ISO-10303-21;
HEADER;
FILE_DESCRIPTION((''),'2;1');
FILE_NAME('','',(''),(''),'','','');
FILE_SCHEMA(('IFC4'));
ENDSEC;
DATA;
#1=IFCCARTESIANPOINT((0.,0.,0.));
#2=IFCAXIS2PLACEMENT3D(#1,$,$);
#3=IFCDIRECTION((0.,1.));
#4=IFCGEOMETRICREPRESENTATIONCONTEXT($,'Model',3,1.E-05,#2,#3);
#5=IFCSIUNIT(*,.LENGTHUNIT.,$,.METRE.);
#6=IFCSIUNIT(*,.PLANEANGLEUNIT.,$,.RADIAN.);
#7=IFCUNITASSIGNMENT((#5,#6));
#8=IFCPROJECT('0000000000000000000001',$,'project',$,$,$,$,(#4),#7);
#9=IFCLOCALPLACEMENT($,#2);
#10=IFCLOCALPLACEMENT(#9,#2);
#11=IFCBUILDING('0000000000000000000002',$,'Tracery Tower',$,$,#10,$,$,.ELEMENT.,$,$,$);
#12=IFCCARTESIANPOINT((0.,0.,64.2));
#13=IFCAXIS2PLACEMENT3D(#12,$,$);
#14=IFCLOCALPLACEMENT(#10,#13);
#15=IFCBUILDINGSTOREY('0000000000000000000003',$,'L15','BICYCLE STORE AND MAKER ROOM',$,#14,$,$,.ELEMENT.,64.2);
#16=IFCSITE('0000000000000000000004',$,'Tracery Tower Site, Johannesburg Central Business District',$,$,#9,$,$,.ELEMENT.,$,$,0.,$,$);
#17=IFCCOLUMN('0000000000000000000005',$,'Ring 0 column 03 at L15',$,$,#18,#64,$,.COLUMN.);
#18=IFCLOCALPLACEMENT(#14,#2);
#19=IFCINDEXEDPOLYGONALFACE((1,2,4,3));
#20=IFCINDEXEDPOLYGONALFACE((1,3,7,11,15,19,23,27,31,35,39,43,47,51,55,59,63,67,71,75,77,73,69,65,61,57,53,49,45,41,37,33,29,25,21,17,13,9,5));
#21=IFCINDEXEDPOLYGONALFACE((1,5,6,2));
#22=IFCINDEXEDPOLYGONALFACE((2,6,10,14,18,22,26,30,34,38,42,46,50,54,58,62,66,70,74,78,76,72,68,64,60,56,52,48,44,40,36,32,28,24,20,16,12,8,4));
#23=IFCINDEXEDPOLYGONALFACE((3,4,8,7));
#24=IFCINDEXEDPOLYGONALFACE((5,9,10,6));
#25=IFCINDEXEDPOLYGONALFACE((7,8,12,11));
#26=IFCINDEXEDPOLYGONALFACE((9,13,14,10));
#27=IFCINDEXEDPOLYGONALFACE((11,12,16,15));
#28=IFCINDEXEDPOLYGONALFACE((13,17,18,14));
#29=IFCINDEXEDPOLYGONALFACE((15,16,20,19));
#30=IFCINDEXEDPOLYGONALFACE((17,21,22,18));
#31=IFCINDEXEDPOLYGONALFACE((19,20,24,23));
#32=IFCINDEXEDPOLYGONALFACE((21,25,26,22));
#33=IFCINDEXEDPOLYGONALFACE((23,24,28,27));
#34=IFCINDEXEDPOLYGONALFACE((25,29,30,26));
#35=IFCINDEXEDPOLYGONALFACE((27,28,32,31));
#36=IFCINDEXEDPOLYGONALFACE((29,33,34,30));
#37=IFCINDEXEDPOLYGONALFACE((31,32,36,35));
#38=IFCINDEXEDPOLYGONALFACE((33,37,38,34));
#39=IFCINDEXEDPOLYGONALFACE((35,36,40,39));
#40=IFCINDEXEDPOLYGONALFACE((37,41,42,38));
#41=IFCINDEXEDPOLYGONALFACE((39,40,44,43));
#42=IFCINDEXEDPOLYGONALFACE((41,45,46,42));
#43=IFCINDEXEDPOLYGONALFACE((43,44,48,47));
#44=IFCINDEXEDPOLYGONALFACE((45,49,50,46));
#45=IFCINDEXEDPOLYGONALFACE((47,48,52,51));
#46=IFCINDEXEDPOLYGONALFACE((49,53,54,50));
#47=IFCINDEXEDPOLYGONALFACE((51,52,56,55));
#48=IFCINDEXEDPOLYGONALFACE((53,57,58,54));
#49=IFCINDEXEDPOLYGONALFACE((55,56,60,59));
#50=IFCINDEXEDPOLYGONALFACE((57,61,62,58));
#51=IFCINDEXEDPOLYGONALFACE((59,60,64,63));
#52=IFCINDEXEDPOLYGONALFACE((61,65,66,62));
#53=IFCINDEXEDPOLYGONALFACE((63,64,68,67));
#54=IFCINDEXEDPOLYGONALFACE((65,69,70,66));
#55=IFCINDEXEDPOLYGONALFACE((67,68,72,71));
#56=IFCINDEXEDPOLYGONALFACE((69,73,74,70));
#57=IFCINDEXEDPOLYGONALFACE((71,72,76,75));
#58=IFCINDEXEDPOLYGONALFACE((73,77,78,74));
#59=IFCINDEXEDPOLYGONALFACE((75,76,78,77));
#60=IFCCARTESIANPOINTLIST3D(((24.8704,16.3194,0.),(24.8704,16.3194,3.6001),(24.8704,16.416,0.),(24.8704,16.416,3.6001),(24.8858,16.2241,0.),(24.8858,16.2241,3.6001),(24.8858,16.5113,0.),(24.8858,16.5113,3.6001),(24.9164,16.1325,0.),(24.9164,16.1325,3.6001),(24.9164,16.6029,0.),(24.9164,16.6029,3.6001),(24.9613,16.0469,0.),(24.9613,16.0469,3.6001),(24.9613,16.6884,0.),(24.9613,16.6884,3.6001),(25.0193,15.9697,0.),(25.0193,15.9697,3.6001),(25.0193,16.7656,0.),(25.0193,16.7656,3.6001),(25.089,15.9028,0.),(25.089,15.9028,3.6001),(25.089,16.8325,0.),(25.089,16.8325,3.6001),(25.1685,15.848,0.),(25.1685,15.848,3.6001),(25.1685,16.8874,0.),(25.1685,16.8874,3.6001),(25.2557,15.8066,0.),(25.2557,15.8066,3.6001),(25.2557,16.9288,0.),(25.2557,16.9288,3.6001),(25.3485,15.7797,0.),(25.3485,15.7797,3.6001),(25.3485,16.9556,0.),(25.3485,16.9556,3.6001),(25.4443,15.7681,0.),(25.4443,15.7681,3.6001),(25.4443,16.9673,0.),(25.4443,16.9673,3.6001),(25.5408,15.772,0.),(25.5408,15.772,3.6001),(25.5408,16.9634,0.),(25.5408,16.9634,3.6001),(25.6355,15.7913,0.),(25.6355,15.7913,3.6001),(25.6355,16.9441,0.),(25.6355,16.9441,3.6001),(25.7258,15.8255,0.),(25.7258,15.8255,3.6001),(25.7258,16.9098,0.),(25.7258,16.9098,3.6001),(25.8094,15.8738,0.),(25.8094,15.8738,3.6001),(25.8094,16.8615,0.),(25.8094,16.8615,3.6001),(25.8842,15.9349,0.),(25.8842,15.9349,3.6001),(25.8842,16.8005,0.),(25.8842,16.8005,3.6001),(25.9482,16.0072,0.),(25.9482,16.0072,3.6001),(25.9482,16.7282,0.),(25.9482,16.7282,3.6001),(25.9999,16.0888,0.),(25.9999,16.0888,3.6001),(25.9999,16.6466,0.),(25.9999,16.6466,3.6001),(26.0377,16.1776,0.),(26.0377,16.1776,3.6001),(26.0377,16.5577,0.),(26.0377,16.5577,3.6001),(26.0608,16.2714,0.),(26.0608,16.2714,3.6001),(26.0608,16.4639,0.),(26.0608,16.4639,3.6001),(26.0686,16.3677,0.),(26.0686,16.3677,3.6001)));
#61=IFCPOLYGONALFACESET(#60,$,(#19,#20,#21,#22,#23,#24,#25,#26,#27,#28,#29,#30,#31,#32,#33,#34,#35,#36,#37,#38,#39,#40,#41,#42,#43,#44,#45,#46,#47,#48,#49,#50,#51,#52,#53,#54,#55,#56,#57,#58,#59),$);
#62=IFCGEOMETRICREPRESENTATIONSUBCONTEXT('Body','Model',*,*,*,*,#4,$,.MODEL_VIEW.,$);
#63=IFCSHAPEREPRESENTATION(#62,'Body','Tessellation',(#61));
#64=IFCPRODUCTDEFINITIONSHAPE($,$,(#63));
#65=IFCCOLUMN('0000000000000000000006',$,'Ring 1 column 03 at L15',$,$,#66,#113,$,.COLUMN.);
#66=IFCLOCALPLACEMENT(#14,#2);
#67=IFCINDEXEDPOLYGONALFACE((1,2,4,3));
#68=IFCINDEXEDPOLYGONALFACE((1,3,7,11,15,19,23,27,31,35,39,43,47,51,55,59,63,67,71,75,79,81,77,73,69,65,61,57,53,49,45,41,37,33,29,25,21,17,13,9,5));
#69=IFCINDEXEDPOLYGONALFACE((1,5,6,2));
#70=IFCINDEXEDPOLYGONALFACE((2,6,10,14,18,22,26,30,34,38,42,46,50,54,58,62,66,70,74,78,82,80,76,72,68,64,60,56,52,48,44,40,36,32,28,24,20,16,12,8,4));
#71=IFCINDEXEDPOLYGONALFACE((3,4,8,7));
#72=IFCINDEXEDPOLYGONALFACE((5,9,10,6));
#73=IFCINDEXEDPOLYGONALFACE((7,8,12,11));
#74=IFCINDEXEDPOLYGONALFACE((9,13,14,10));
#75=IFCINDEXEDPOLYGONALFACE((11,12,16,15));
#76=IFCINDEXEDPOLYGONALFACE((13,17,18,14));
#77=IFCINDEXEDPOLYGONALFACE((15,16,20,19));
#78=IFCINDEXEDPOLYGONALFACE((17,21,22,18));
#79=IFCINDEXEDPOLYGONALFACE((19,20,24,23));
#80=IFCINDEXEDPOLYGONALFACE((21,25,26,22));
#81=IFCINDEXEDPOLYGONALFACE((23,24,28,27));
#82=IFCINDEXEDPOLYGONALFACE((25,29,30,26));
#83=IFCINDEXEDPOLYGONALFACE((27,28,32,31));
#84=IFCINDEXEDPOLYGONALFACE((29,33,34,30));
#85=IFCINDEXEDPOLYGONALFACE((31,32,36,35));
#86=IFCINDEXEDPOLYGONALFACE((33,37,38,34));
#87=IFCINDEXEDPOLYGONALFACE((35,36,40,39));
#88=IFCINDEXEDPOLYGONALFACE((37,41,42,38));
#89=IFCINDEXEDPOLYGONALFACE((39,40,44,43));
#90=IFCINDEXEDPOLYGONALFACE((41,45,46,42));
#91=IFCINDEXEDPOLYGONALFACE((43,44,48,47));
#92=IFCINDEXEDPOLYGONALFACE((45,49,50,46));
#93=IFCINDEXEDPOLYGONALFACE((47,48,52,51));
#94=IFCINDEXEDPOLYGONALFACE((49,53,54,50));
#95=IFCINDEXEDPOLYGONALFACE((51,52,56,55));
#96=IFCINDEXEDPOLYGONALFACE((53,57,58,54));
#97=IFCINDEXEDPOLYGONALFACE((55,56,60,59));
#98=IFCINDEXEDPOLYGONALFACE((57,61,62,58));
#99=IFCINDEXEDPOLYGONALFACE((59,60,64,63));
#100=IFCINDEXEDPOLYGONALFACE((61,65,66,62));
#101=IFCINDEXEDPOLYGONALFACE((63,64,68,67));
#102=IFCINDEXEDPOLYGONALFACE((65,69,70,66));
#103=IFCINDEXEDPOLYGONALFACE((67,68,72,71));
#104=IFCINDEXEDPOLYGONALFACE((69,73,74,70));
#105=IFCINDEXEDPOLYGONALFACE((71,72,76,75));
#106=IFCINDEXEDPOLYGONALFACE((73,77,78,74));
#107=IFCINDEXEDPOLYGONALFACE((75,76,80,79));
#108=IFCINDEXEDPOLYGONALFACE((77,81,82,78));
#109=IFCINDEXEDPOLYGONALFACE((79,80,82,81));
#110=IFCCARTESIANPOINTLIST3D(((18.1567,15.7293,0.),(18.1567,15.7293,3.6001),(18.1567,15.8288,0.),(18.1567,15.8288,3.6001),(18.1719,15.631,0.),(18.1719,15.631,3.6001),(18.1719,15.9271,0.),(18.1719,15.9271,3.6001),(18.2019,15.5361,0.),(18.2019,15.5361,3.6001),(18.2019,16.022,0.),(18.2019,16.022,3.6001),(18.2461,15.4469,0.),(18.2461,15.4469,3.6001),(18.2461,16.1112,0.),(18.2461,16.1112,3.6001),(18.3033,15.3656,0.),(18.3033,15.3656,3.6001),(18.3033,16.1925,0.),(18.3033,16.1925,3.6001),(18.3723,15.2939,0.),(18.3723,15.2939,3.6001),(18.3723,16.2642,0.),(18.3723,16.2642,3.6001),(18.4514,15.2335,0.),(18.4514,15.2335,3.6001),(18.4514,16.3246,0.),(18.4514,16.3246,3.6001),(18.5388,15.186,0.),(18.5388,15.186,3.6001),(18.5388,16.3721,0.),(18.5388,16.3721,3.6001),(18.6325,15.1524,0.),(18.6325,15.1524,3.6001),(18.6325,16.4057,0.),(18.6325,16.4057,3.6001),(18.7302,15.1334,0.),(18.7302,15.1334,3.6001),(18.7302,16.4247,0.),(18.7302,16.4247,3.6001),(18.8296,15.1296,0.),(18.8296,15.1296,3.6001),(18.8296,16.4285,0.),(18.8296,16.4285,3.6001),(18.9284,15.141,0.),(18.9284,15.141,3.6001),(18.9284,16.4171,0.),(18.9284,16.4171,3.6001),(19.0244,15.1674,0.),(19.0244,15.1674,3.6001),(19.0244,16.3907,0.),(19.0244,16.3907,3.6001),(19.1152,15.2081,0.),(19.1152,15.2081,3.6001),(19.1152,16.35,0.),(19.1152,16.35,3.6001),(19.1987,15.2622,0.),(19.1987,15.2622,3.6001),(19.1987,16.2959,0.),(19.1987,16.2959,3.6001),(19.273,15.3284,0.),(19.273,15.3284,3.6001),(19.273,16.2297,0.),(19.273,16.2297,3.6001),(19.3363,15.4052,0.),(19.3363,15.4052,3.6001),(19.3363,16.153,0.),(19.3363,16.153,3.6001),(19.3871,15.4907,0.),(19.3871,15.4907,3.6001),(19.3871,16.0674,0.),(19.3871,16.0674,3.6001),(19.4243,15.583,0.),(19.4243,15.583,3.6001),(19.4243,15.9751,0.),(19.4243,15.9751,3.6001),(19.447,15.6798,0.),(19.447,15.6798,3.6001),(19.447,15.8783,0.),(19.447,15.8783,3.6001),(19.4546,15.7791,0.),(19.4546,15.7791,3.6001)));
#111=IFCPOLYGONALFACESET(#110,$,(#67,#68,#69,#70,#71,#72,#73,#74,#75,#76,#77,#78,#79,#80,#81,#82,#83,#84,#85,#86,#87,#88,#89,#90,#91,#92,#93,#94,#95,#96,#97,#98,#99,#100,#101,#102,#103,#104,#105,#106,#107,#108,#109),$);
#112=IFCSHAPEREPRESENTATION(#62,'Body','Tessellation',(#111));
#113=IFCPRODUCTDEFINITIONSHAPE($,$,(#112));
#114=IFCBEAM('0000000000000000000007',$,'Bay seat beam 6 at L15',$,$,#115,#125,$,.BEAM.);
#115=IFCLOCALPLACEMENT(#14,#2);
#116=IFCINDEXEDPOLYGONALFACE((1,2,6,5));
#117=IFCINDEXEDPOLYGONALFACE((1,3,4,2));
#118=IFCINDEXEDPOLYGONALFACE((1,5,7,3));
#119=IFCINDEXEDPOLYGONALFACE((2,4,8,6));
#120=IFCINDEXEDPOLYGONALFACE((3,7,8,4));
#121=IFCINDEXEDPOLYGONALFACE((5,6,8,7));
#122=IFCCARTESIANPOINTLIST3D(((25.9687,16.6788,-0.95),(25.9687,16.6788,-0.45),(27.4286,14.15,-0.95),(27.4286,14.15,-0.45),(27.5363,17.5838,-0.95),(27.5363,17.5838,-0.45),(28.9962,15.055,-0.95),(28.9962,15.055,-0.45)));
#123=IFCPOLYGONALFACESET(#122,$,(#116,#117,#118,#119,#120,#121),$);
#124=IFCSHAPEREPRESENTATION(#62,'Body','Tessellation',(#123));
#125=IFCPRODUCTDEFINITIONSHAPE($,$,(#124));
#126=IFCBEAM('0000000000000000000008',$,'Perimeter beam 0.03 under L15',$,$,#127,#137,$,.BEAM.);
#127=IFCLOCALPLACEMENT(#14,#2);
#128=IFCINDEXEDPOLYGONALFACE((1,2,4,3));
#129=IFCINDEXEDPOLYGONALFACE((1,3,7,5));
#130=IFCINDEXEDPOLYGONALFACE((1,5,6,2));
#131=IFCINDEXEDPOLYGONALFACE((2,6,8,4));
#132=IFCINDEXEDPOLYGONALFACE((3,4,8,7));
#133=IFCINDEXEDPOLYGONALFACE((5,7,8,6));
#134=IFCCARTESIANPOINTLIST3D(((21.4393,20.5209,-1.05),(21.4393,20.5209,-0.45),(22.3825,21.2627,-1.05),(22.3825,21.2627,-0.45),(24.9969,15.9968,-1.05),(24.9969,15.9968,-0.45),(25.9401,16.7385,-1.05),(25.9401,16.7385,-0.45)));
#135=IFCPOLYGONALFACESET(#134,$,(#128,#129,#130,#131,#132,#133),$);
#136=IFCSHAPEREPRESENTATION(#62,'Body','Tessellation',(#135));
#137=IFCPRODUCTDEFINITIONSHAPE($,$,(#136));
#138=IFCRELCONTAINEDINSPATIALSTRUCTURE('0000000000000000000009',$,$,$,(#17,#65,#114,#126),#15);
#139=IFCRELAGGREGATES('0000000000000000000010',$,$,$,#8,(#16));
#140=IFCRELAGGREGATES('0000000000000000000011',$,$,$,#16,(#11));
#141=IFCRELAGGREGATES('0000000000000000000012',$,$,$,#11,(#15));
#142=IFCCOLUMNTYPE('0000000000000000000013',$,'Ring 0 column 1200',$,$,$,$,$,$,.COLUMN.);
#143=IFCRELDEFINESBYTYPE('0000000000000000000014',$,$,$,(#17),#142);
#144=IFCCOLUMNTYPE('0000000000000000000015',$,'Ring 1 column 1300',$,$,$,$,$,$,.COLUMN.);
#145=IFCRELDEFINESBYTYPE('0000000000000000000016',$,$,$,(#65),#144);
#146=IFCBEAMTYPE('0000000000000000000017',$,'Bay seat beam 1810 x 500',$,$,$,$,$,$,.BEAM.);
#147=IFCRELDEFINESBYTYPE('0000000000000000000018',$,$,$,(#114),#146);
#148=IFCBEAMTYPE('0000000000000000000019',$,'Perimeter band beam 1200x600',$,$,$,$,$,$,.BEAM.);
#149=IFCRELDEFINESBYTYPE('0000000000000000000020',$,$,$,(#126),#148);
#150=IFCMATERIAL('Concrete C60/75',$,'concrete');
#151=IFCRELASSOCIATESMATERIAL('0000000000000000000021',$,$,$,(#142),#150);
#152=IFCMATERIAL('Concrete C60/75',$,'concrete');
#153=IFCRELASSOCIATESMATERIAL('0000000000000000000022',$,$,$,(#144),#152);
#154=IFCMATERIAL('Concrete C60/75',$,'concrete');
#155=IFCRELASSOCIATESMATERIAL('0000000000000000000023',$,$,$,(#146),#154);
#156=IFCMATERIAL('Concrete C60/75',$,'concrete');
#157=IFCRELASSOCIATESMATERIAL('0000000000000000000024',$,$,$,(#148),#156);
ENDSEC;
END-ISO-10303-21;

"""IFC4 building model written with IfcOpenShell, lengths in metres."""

from ifc_helpers import new_model, si_unit, direction, frame, origin, origin_2d, place, context, subcontext, project, spatial, rectangle, circle, extrude, material, material_profile, profile_set, type_object, element, save


model = new_model("IFC4")

# Units and contexts
model_context = context("Model", 3, precision=1e-05, world=origin(), true_north=direction((0.0, 1.0)))
body_context = subcontext(model_context, "Body", "Model", "MODEL_VIEW")
ifc_project = project(units=[si_unit("LENGTHUNIT", "METRE"), si_unit("PLANEANGLEUNIT", "RADIAN")], contexts=[model_context])

# Site, building, storey
site_placement = place(None, origin())
site = spatial("IfcSite", under=ifc_project, at=site_placement, Name="Tracery Tower Site, Johannesburg Central Business District", CompositionType="ELEMENT", RefElevation=0.0)
building_placement = place(site_placement, origin())
building = spatial("IfcBuilding", under=site, at=building_placement, Name="Tracery Tower", CompositionType="ELEMENT")
storey_placement = place(building_placement, frame((0.0, 0.0, 64.2)))
storey = spatial("IfcBuildingStorey", under=building, at=storey_placement, Name="L15", Description="BICYCLE STORE AND MAKER ROOM", CompositionType="ELEMENT", Elevation=64.2)

# Columns
ifc_material_1 = material(Name="Concrete C60/75", Category="concrete")
ifc_material_profile_1 = material_profile(ifc_material_1, circle(Radius=0.6001, at=origin_2d()), Name="RC D1200")
ifc_profile_set_1 = profile_set([ifc_material_profile_1], Name="Concrete C60/75")
column_type_1 = type_object("IfcColumnType", Name="Ring 0 column 1200", PredefinedType="COLUMN", material=ifc_profile_set_1)
column_1_placement = place(storey_placement, frame((25.4685, 16.3677, 0.0), z_axis=(0.0, 0.0, 1.0), x_axis=(1.0, 0.0, 0.0)))
element("IfcColumn", 1, at=column_1_placement, inside=storey, type_object=column_type_1, Name="Ring 0 column 03 at L15", PredefinedType="COLUMN", context=body_context, shape_type="SweptSolid", body=[
    extrude(circle(Radius=0.6001, at=origin_2d()), origin(), (0.0, 0.0, 1.0), 3.6001),
])
ifc_material_2 = material(Name="Concrete C60/75", Category="concrete")
ifc_material_profile_2 = material_profile(ifc_material_2, circle(Radius=0.6499, at=origin_2d()), Name="RC D1300")
ifc_profile_set_2 = profile_set([ifc_material_profile_2], Name="Concrete C60/75")
column_type_2 = type_object("IfcColumnType", Name="Ring 1 column 1300", PredefinedType="COLUMN", material=ifc_profile_set_2)
column_2_placement = place(storey_placement, frame((18.8047, 15.7791, 0.0), z_axis=(0.0, 0.0, 1.0), x_axis=(1.0, 0.0, 0.0)))
element("IfcColumn", 2, at=column_2_placement, inside=storey, type_object=column_type_2, Name="Ring 1 column 03 at L15", PredefinedType="COLUMN", context=body_context, shape_type="SweptSolid", body=[
    extrude(circle(Radius=0.6499, at=origin_2d()), origin(), (0.0, 0.0, 1.0), 3.6001),
])

# Beams
ifc_material_3 = material(Name="Concrete C60/75", Category="concrete")
ifc_material_profile_3 = material_profile(ifc_material_3, rectangle(XDim=1.8101, YDim=0.5, at=origin_2d()), Name="RC 1810x500")
ifc_profile_set_3 = profile_set([ifc_material_profile_3], Name="Concrete C60/75")
beam_type_1 = type_object("IfcBeamType", Name="Bay seat beam 1810 x 500", PredefinedType="BEAM", material=ifc_profile_set_3)
beam_1_placement = place(storey_placement, frame((28.2124, 14.6025, -0.7), z_axis=(-0.499988, 0.866032, 0.0), x_axis=(-0.866032, -0.499988, 0.0)))
element("IfcBeam", 3, at=beam_1_placement, inside=storey, type_object=beam_type_1, Name="Bay seat beam 6 at L15", PredefinedType="BEAM", context=body_context, shape_type="SweptSolid", body=[
    extrude(rectangle(XDim=1.8101, YDim=0.5, at=origin_2d()), origin(), (0.0, 0.0, 1.0), 2.9199),
])
ifc_material_4 = material(Name="Concrete C60/75", Category="concrete")
ifc_material_profile_4 = material_profile(ifc_material_4, rectangle(XDim=1.2, YDim=0.6001, at=origin_2d()), Name="RC 1200x600")
ifc_profile_set_4 = profile_set([ifc_material_profile_4], Name="Concrete C60/75")
beam_type_2 = type_object("IfcBeamType", Name="Perimeter band beam 1200x600", PredefinedType="BEAM", material=ifc_profile_set_4)
beam_2_placement = place(storey_placement, frame((25.4685, 16.3677, -0.75), z_axis=(-0.618134, 0.786072, 0.0), x_axis=(-0.786072, -0.618134, 0.0)))
element("IfcBeam", 4, at=beam_2_placement, inside=storey, type_object=beam_type_2, Name="Perimeter beam 0.03 under L15", PredefinedType="BEAM", context=body_context, shape_type="SweptSolid", body=[
    extrude(rectangle(XDim=1.2, YDim=0.6001, at=origin_2d()), origin(), (0.0, 0.0, 1.0), 5.7554),
])

save(model, "model.ifc")
